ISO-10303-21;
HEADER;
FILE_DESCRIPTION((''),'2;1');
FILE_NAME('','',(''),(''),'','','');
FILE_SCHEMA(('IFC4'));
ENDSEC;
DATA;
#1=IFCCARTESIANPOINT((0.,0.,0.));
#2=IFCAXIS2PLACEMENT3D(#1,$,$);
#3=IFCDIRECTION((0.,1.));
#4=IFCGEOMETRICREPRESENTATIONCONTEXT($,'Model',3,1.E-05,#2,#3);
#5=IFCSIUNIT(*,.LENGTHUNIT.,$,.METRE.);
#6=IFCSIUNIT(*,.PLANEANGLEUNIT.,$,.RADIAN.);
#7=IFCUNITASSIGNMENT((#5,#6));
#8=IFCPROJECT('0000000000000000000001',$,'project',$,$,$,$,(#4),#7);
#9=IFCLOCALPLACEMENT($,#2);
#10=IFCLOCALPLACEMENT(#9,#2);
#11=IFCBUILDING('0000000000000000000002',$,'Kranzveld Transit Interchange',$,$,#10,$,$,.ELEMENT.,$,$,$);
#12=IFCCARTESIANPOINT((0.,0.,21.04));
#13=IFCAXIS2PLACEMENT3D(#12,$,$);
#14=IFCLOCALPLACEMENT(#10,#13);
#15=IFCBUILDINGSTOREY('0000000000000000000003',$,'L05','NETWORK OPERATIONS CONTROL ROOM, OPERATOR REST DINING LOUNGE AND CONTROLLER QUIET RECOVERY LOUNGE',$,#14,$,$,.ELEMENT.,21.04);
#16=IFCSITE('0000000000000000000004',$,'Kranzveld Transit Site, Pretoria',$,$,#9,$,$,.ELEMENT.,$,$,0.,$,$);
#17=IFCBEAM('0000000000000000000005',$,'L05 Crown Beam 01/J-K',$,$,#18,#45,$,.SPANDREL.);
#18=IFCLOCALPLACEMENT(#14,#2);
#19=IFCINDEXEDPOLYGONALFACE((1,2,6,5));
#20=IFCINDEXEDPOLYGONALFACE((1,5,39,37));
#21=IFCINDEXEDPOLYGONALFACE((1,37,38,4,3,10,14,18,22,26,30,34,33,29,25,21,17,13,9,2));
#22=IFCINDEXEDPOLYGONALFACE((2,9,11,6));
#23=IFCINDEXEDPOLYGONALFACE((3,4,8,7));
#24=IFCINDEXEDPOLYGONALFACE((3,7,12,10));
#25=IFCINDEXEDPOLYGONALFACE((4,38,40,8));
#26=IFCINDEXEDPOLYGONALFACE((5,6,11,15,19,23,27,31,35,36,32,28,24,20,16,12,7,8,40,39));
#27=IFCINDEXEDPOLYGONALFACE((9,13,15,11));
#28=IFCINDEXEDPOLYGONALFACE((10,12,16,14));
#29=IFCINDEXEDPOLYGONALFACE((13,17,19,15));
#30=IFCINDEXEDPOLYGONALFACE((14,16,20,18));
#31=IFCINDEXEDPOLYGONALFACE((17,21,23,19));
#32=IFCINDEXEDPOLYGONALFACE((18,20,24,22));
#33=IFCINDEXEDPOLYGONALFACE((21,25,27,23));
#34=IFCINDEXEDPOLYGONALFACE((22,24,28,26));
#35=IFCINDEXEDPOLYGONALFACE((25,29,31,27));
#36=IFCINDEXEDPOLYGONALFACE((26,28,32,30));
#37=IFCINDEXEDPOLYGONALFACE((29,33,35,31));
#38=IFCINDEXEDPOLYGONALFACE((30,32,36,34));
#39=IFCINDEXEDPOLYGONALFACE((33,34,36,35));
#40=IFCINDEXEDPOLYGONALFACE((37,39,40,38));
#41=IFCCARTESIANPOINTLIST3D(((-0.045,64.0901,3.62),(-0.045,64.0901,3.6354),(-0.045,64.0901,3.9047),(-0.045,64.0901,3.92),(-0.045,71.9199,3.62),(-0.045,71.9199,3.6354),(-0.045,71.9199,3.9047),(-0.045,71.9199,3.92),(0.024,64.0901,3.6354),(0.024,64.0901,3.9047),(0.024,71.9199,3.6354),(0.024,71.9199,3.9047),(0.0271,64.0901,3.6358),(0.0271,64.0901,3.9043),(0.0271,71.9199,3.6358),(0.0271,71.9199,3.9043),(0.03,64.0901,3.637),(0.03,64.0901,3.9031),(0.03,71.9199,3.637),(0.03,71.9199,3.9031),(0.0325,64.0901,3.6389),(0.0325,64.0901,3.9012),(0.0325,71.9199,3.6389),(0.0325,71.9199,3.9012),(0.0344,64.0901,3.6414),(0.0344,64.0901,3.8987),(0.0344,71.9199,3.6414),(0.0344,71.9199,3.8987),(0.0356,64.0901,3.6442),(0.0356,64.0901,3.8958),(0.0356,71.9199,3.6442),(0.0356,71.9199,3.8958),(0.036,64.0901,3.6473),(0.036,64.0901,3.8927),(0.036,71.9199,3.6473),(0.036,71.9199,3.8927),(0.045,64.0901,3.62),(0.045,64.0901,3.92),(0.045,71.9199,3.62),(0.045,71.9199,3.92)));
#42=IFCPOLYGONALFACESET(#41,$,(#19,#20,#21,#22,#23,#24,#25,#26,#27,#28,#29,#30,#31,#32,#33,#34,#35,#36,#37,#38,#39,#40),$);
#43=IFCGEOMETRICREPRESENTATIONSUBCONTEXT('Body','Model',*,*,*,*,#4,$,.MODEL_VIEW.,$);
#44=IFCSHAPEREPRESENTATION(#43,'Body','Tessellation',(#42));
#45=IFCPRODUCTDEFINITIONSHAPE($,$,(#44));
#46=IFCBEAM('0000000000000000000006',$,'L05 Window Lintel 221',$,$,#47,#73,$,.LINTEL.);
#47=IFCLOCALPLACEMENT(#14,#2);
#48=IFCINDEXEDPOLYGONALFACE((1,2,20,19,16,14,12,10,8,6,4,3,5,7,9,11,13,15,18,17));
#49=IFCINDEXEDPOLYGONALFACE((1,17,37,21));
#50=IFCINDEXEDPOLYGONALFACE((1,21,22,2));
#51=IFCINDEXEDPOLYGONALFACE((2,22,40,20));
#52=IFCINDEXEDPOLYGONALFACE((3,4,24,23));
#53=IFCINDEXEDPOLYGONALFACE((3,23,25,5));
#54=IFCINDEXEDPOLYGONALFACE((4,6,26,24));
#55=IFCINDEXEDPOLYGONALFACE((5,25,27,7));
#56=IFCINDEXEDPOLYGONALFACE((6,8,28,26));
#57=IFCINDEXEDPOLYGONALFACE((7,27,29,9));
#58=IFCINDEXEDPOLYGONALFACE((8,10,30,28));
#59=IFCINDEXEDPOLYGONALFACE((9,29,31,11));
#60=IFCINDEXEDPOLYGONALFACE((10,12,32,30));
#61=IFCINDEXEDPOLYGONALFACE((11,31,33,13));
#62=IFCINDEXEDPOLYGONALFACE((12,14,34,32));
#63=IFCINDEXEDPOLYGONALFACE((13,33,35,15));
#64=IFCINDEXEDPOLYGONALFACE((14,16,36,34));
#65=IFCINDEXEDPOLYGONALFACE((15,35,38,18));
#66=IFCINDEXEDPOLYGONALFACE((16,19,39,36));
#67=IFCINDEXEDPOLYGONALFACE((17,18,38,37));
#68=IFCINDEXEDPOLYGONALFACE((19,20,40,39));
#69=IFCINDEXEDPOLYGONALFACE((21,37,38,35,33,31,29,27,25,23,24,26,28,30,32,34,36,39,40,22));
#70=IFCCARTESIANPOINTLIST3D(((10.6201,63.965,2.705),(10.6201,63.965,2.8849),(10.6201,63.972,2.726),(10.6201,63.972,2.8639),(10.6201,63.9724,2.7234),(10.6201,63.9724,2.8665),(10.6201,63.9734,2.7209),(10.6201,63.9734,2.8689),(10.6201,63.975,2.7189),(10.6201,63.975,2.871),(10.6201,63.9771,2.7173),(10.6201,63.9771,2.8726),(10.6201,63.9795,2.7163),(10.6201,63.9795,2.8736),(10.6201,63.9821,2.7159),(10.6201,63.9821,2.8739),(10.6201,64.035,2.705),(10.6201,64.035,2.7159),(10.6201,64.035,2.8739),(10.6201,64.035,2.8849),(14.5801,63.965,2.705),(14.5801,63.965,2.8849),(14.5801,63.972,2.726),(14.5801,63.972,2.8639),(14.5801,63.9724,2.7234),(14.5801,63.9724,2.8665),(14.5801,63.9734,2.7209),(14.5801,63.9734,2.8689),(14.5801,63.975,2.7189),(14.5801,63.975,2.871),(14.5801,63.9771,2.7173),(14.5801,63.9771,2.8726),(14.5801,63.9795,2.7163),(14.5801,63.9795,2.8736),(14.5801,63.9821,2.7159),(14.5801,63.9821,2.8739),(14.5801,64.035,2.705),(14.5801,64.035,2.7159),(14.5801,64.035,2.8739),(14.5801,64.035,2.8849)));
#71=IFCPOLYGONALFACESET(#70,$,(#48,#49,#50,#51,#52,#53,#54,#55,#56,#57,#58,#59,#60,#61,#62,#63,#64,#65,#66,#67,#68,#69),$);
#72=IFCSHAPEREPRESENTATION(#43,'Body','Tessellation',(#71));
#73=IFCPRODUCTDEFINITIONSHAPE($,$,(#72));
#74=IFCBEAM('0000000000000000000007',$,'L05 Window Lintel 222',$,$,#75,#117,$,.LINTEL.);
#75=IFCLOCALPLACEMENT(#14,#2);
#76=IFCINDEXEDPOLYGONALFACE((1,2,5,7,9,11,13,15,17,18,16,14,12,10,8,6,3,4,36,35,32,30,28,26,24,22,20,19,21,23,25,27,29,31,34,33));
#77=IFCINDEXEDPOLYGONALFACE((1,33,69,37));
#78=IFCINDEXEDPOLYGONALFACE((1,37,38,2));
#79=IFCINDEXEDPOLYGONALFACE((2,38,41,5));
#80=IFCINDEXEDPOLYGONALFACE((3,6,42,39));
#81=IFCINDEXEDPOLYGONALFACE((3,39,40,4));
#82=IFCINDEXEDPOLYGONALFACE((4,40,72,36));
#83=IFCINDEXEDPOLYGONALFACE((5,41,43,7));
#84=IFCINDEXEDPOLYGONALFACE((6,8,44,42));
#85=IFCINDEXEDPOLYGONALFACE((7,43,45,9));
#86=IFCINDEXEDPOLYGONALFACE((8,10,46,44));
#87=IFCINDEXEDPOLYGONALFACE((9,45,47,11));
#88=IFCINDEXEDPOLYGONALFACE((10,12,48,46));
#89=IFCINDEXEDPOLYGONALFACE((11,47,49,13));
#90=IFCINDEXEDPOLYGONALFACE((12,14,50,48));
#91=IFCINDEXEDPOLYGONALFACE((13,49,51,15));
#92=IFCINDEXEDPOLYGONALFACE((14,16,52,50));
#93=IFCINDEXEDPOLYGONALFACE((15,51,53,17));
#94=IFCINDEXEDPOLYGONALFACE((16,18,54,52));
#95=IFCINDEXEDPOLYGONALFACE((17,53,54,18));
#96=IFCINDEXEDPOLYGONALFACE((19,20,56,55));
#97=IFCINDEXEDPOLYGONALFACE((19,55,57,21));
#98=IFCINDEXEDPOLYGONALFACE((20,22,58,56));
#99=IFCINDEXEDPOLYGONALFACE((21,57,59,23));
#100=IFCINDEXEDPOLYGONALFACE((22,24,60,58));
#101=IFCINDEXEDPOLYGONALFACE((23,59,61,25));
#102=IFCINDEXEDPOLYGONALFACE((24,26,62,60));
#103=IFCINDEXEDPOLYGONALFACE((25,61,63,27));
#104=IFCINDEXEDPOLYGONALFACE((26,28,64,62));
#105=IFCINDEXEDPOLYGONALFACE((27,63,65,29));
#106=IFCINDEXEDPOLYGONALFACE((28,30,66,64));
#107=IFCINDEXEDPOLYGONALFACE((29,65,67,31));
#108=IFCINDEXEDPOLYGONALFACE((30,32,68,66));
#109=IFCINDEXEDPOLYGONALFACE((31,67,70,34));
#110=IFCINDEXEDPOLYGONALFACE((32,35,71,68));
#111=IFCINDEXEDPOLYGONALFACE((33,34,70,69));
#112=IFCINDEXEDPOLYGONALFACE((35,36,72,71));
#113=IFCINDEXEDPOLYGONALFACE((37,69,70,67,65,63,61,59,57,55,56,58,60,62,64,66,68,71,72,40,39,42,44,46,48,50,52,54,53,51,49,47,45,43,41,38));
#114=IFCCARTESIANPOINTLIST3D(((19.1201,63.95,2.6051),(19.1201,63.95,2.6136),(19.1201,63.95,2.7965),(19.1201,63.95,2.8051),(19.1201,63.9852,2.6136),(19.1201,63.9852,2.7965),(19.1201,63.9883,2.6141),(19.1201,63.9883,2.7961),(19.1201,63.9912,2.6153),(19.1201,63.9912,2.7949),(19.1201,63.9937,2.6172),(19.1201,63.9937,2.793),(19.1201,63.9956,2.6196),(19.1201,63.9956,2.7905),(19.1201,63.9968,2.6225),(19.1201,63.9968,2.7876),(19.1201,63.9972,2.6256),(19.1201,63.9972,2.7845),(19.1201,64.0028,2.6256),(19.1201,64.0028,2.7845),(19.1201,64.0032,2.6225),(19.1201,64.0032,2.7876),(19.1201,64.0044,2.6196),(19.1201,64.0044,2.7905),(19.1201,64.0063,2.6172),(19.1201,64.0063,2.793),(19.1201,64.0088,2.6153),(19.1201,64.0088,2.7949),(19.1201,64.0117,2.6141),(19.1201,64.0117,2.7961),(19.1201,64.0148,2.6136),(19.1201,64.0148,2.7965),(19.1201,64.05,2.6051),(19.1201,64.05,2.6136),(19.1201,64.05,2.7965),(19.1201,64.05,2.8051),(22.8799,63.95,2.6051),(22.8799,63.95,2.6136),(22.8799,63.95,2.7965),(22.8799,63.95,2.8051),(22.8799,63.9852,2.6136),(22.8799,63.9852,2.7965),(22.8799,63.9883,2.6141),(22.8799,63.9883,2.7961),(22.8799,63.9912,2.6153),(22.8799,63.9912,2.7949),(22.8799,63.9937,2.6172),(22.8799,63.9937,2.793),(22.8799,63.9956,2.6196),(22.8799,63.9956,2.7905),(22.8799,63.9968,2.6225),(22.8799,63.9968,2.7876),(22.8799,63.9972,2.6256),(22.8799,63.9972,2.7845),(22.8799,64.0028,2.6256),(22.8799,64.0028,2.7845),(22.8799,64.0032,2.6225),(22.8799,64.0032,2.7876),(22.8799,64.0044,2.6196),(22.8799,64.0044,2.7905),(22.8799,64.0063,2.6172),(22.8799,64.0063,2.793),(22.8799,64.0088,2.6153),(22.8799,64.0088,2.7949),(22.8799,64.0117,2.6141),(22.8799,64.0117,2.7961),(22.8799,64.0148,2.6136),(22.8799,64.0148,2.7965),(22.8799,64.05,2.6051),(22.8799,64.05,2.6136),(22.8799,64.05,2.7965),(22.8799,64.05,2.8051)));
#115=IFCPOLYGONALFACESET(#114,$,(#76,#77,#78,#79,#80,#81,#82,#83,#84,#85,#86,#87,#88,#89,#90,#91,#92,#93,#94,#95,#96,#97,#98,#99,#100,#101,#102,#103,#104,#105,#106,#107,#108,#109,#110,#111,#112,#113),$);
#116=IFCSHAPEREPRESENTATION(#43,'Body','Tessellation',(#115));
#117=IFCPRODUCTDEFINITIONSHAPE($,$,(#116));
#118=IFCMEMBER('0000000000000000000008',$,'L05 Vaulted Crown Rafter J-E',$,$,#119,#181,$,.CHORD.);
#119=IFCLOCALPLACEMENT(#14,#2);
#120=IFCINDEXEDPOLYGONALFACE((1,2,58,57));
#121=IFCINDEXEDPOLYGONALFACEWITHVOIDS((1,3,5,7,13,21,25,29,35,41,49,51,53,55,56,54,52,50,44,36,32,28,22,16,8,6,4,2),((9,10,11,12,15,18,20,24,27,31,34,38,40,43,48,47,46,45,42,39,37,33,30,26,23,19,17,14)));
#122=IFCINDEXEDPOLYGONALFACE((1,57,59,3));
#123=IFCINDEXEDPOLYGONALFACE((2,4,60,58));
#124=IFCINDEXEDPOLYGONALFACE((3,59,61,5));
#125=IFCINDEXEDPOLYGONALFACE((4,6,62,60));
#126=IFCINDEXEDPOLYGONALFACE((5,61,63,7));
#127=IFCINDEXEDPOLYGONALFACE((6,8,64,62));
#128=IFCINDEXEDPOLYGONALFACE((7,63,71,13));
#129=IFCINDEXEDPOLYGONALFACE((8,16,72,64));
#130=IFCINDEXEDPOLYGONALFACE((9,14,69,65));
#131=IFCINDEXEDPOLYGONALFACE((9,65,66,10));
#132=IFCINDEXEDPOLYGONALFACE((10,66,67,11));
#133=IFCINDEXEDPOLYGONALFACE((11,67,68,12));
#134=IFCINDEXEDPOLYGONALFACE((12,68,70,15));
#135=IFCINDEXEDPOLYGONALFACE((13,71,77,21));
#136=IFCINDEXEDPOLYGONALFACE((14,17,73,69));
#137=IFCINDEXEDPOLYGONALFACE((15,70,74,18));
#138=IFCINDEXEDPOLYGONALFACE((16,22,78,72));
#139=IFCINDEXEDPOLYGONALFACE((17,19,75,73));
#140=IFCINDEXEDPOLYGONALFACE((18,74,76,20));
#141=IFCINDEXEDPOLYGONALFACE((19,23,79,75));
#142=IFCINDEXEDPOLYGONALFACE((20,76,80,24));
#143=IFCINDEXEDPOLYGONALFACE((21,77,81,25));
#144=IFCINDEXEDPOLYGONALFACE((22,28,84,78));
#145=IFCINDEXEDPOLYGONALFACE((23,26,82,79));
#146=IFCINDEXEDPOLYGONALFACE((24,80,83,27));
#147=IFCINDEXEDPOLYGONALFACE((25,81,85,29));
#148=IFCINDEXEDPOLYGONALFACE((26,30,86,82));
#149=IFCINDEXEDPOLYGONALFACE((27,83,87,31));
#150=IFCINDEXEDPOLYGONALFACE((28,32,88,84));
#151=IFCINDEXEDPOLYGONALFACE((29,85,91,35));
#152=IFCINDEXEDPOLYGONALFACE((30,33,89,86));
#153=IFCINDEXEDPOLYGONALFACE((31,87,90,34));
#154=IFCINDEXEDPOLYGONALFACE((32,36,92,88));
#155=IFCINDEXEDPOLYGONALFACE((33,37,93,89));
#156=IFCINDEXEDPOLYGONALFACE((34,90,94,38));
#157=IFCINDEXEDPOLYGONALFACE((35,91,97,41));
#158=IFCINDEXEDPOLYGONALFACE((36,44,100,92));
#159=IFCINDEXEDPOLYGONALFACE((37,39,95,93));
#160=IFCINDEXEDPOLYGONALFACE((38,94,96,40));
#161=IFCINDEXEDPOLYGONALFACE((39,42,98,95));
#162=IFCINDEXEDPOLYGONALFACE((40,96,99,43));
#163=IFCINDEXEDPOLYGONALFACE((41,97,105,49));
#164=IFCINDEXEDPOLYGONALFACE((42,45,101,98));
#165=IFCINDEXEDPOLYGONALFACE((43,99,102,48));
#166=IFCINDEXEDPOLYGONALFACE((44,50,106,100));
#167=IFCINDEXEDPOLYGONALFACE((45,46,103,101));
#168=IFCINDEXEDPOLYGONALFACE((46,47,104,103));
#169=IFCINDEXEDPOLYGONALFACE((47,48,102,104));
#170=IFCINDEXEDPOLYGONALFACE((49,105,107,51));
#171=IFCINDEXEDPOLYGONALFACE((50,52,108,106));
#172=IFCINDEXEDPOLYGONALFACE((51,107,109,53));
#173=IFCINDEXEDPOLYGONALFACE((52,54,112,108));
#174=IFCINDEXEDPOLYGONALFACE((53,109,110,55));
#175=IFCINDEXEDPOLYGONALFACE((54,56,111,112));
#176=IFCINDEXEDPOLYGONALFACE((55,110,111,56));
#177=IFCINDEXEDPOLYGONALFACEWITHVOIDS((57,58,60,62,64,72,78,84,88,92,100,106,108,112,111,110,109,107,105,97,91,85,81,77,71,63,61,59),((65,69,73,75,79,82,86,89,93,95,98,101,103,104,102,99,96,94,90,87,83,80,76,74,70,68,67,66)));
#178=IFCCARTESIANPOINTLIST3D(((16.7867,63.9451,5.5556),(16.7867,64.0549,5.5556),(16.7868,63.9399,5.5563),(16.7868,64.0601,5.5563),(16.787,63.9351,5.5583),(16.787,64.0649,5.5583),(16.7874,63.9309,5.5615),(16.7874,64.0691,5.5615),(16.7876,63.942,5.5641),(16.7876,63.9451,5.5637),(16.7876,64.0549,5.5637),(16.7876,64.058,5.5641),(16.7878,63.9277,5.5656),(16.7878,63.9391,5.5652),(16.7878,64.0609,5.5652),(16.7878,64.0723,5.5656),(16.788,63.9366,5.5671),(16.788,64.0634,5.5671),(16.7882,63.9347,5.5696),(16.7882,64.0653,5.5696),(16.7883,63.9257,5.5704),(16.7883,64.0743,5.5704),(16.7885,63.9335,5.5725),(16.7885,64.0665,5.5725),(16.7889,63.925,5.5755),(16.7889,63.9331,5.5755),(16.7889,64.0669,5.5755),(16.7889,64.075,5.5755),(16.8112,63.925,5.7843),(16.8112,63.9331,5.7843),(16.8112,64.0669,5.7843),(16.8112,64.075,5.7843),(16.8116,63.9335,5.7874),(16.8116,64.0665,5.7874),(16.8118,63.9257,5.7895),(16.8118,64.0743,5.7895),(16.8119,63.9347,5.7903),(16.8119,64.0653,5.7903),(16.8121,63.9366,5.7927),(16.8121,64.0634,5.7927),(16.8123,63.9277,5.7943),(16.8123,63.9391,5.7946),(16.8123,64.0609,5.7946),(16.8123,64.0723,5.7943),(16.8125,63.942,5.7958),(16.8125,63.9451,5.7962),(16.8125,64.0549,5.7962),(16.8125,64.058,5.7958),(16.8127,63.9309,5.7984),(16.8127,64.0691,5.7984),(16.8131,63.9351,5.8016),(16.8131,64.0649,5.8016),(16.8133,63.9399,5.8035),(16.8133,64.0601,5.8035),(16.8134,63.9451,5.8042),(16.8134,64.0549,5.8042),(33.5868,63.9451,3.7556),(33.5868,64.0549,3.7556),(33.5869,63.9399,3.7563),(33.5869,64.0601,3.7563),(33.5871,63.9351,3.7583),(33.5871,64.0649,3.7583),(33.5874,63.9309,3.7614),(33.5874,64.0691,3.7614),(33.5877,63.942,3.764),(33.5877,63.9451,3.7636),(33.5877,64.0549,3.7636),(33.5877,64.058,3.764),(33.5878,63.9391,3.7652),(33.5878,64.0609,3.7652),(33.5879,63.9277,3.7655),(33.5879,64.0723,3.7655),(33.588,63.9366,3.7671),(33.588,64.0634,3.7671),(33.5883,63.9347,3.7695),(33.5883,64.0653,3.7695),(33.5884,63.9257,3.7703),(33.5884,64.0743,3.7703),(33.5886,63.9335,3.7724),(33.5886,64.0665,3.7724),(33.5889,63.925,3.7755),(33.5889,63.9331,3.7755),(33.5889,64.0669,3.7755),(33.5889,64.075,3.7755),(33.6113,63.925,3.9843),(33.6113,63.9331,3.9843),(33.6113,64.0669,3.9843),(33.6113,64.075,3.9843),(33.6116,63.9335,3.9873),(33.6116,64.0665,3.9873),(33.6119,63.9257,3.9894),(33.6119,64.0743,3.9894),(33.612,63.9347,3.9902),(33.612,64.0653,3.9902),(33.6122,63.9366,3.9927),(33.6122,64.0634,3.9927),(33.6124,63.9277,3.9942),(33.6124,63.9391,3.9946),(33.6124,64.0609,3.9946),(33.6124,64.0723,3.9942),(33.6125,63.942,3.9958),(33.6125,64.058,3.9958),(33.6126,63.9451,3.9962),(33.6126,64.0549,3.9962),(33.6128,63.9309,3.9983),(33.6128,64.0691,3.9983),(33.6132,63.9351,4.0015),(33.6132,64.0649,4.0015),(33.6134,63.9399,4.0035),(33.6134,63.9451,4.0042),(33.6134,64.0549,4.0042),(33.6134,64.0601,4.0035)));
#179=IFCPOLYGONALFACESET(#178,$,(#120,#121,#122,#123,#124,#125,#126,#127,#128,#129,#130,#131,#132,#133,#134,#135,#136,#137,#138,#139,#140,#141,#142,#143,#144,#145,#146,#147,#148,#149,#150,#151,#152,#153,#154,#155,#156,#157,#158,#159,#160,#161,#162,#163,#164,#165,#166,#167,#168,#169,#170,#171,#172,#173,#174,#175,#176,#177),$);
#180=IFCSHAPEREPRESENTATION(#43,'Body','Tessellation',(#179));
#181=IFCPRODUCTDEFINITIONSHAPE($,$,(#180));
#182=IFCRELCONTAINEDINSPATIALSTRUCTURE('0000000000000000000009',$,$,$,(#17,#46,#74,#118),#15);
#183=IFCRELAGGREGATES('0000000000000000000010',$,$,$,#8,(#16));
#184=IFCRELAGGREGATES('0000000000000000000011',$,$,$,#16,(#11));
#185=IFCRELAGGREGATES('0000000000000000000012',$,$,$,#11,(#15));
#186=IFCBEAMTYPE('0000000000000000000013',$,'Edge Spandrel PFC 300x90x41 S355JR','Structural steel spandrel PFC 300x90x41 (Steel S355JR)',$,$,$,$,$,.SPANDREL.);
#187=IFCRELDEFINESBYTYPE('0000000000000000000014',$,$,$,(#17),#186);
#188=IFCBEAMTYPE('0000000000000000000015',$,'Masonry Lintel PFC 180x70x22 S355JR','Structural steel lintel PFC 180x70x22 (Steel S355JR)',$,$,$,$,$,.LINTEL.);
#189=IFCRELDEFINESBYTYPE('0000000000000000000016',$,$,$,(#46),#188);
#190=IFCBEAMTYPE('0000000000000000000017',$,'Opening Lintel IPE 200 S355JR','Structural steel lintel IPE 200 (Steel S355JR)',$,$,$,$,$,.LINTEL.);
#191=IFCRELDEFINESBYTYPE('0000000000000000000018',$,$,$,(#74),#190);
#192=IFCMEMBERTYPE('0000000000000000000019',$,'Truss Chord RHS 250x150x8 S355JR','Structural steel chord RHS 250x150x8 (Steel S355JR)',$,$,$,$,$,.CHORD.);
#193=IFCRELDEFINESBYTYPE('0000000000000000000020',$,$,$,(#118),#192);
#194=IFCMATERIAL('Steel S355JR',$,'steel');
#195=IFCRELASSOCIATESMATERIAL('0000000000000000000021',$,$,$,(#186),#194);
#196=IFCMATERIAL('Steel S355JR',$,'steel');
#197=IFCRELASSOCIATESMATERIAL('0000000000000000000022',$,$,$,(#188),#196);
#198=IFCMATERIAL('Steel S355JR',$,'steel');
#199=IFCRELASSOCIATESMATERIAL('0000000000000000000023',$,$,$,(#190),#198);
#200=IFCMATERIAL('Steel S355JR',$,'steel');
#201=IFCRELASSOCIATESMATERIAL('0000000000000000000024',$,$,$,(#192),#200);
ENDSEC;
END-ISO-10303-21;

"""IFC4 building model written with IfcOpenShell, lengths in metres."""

from ifc_helpers import new_model, si_unit, direction, frame, origin, origin_2d, place, context, subcontext, project, spatial, hollow_rectangle, i_section, u_section, extrude, material, material_profile, profile_set, type_object, element, save


model = new_model("IFC4")

# Units and contexts
model_context = context("Model", 3, precision=1e-05, world=origin(), true_north=direction((0.0, 1.0)))
body_context = subcontext(model_context, "Body", "Model", "MODEL_VIEW")
ifc_project = project(units=[si_unit("LENGTHUNIT", "METRE"), si_unit("PLANEANGLEUNIT", "RADIAN")], contexts=[model_context])

# Site, building, storey
site_placement = place(None, origin())
site = spatial("IfcSite", under=ifc_project, at=site_placement, Name="Kranzveld Transit Site, Pretoria", CompositionType="ELEMENT", RefElevation=0.0)
building_placement = place(site_placement, origin())
building = spatial("IfcBuilding", under=site, at=building_placement, Name="Kranzveld Transit Interchange", CompositionType="ELEMENT")
storey_placement = place(building_placement, frame((0.0, 0.0, 21.04)))
storey = spatial("IfcBuildingStorey", under=building, at=storey_placement, Name="L05", Description="NETWORK OPERATIONS CONTROL ROOM, OPERATOR REST DINING LOUNGE AND CONTROLLER QUIET RECOVERY LOUNGE", CompositionType="ELEMENT", Elevation=21.04)

# Beams
ifc_material_1 = material(Name="Steel S355JR", Category="steel")
ifc_material_profile_1 = material_profile(ifc_material_1, u_section(Depth=0.3, FlangeWidth=0.0901, WebThickness=0.009, FlangeThickness=0.0154, FilletRadius=0.012, at=origin_2d()), Name="PFC 300x90x41")
ifc_profile_set_1 = profile_set([ifc_material_profile_1], Name="Steel S355JR")
beam_type_1 = type_object("IfcBeamType", Name="Edge Spandrel PFC 300x90x41 S355JR", Description="Structural steel spandrel PFC 300x90x41 (Steel S355JR)", PredefinedType="SPANDREL", material=ifc_profile_set_1)
beam_1_placement = place(storey_placement, frame((0.0, 64.0901, 3.77), z_axis=(0.0, 1.0, 0.0), x_axis=(-1.0, 0.0, 0.0)))
element("IfcBeam", 1, at=beam_1_placement, inside=storey, type_object=beam_type_1, Name="L05 Crown Beam 01/J-K", PredefinedType="SPANDREL", context=body_context, shape_type="SweptSolid", body=[
    extrude(u_section(Depth=0.3, FlangeWidth=0.0901, WebThickness=0.009, FlangeThickness=0.0154, FilletRadius=0.012, at=origin_2d()), origin(), (0.0, 0.0, 1.0), 7.8298),
])
ifc_material_2 = material(Name="Steel S355JR", Category="steel")
ifc_material_profile_2 = material_profile(ifc_material_2, u_section(Depth=0.1799, FlangeWidth=0.0701, WebThickness=0.0071, FlangeThickness=0.011, FilletRadius=0.01, at=origin_2d()), Name="PFC 180x70x22")
ifc_profile_set_2 = profile_set([ifc_material_profile_2], Name="Steel S355JR")
beam_type_2 = type_object("IfcBeamType", Name="Masonry Lintel PFC 180x70x22 S355JR", Description="Structural steel lintel PFC 180x70x22 (Steel S355JR)", PredefinedType="LINTEL", material=ifc_profile_set_2)
beam_2_placement = place(storey_placement, frame((10.6201, 64.0, 2.7949), z_axis=(1.0, 0.0, 0.0), x_axis=(0.0, 1.0, 0.0)))
element("IfcBeam", 2, at=beam_2_placement, inside=storey, type_object=beam_type_2, Name="L05 Window Lintel 221", PredefinedType="LINTEL", context=body_context, shape_type="SweptSolid", body=[
    extrude(u_section(Depth=0.1799, FlangeWidth=0.0701, WebThickness=0.0071, FlangeThickness=0.011, FilletRadius=0.01, at=origin_2d()), origin(), (0.0, 0.0, 1.0), 3.96),
])
ifc_material_3 = material(Name="Steel S355JR", Category="steel")
ifc_material_profile_3 = material_profile(ifc_material_3, i_section(OverallWidth=0.1001, OverallDepth=0.2, WebThickness=0.0056, FlangeThickness=0.0085, FilletRadius=0.012, at=origin_2d()), Name="IPE 200")
ifc_profile_set_3 = profile_set([ifc_material_profile_3], Name="Steel S355JR")
beam_type_3 = type_object("IfcBeamType", Name="Opening Lintel IPE 200 S355JR", Description="Structural steel lintel IPE 200 (Steel S355JR)", PredefinedType="LINTEL", material=ifc_profile_set_3)
beam_3_placement = place(storey_placement, frame((19.1201, 64.0, 2.7051), z_axis=(1.0, 0.0, 0.0), x_axis=(0.0, 1.0, 0.0)))
element("IfcBeam", 3, at=beam_3_placement, inside=storey, type_object=beam_type_3, Name="L05 Window Lintel 222", PredefinedType="LINTEL", context=body_context, shape_type="SweptSolid", body=[
    extrude(i_section(OverallWidth=0.1001, OverallDepth=0.2, WebThickness=0.0056, FlangeThickness=0.0085, FilletRadius=0.012, at=origin_2d()), origin(), (0.0, 0.0, 1.0), 3.7598),
])

# Member
ifc_material_4 = material(Name="Steel S355JR", Category="steel")
ifc_material_profile_4 = material_profile(ifc_material_4, hollow_rectangle(XDim=0.1499, YDim=0.25, WallThickness=0.0081, InnerFilletRadius=0.012, OuterFilletRadius=0.02, at=origin_2d()), Name="RHS 250x150x8")
ifc_profile_set_4 = profile_set([ifc_material_profile_4], Name="Steel S355JR")
member_type = type_object("IfcMemberType", Name="Truss Chord RHS 250x150x8 S355JR", Description="Structural steel chord RHS 250x150x8 (Steel S355JR)", PredefinedType="CHORD", material=ifc_profile_set_4)
member_placement = place(storey_placement, frame((16.8, 64.0, 5.6799), z_axis=(0.994309, 0.0, -0.106536), x_axis=(0.0, 1.0, 0.0)))
element("IfcMember", 4, at=member_placement, inside=storey, type_object=member_type, Name="L05 Vaulted Crown Rafter J-E", PredefinedType="CHORD", context=body_context, shape_type="SweptSolid", body=[
    extrude(hollow_rectangle(XDim=0.1499, YDim=0.25, WallThickness=0.0081, InnerFilletRadius=0.012, OuterFilletRadius=0.02, at=origin_2d()), origin(), (0.0, 0.0, 1.0), 16.8962),
])

save(model, "model.ifc")
